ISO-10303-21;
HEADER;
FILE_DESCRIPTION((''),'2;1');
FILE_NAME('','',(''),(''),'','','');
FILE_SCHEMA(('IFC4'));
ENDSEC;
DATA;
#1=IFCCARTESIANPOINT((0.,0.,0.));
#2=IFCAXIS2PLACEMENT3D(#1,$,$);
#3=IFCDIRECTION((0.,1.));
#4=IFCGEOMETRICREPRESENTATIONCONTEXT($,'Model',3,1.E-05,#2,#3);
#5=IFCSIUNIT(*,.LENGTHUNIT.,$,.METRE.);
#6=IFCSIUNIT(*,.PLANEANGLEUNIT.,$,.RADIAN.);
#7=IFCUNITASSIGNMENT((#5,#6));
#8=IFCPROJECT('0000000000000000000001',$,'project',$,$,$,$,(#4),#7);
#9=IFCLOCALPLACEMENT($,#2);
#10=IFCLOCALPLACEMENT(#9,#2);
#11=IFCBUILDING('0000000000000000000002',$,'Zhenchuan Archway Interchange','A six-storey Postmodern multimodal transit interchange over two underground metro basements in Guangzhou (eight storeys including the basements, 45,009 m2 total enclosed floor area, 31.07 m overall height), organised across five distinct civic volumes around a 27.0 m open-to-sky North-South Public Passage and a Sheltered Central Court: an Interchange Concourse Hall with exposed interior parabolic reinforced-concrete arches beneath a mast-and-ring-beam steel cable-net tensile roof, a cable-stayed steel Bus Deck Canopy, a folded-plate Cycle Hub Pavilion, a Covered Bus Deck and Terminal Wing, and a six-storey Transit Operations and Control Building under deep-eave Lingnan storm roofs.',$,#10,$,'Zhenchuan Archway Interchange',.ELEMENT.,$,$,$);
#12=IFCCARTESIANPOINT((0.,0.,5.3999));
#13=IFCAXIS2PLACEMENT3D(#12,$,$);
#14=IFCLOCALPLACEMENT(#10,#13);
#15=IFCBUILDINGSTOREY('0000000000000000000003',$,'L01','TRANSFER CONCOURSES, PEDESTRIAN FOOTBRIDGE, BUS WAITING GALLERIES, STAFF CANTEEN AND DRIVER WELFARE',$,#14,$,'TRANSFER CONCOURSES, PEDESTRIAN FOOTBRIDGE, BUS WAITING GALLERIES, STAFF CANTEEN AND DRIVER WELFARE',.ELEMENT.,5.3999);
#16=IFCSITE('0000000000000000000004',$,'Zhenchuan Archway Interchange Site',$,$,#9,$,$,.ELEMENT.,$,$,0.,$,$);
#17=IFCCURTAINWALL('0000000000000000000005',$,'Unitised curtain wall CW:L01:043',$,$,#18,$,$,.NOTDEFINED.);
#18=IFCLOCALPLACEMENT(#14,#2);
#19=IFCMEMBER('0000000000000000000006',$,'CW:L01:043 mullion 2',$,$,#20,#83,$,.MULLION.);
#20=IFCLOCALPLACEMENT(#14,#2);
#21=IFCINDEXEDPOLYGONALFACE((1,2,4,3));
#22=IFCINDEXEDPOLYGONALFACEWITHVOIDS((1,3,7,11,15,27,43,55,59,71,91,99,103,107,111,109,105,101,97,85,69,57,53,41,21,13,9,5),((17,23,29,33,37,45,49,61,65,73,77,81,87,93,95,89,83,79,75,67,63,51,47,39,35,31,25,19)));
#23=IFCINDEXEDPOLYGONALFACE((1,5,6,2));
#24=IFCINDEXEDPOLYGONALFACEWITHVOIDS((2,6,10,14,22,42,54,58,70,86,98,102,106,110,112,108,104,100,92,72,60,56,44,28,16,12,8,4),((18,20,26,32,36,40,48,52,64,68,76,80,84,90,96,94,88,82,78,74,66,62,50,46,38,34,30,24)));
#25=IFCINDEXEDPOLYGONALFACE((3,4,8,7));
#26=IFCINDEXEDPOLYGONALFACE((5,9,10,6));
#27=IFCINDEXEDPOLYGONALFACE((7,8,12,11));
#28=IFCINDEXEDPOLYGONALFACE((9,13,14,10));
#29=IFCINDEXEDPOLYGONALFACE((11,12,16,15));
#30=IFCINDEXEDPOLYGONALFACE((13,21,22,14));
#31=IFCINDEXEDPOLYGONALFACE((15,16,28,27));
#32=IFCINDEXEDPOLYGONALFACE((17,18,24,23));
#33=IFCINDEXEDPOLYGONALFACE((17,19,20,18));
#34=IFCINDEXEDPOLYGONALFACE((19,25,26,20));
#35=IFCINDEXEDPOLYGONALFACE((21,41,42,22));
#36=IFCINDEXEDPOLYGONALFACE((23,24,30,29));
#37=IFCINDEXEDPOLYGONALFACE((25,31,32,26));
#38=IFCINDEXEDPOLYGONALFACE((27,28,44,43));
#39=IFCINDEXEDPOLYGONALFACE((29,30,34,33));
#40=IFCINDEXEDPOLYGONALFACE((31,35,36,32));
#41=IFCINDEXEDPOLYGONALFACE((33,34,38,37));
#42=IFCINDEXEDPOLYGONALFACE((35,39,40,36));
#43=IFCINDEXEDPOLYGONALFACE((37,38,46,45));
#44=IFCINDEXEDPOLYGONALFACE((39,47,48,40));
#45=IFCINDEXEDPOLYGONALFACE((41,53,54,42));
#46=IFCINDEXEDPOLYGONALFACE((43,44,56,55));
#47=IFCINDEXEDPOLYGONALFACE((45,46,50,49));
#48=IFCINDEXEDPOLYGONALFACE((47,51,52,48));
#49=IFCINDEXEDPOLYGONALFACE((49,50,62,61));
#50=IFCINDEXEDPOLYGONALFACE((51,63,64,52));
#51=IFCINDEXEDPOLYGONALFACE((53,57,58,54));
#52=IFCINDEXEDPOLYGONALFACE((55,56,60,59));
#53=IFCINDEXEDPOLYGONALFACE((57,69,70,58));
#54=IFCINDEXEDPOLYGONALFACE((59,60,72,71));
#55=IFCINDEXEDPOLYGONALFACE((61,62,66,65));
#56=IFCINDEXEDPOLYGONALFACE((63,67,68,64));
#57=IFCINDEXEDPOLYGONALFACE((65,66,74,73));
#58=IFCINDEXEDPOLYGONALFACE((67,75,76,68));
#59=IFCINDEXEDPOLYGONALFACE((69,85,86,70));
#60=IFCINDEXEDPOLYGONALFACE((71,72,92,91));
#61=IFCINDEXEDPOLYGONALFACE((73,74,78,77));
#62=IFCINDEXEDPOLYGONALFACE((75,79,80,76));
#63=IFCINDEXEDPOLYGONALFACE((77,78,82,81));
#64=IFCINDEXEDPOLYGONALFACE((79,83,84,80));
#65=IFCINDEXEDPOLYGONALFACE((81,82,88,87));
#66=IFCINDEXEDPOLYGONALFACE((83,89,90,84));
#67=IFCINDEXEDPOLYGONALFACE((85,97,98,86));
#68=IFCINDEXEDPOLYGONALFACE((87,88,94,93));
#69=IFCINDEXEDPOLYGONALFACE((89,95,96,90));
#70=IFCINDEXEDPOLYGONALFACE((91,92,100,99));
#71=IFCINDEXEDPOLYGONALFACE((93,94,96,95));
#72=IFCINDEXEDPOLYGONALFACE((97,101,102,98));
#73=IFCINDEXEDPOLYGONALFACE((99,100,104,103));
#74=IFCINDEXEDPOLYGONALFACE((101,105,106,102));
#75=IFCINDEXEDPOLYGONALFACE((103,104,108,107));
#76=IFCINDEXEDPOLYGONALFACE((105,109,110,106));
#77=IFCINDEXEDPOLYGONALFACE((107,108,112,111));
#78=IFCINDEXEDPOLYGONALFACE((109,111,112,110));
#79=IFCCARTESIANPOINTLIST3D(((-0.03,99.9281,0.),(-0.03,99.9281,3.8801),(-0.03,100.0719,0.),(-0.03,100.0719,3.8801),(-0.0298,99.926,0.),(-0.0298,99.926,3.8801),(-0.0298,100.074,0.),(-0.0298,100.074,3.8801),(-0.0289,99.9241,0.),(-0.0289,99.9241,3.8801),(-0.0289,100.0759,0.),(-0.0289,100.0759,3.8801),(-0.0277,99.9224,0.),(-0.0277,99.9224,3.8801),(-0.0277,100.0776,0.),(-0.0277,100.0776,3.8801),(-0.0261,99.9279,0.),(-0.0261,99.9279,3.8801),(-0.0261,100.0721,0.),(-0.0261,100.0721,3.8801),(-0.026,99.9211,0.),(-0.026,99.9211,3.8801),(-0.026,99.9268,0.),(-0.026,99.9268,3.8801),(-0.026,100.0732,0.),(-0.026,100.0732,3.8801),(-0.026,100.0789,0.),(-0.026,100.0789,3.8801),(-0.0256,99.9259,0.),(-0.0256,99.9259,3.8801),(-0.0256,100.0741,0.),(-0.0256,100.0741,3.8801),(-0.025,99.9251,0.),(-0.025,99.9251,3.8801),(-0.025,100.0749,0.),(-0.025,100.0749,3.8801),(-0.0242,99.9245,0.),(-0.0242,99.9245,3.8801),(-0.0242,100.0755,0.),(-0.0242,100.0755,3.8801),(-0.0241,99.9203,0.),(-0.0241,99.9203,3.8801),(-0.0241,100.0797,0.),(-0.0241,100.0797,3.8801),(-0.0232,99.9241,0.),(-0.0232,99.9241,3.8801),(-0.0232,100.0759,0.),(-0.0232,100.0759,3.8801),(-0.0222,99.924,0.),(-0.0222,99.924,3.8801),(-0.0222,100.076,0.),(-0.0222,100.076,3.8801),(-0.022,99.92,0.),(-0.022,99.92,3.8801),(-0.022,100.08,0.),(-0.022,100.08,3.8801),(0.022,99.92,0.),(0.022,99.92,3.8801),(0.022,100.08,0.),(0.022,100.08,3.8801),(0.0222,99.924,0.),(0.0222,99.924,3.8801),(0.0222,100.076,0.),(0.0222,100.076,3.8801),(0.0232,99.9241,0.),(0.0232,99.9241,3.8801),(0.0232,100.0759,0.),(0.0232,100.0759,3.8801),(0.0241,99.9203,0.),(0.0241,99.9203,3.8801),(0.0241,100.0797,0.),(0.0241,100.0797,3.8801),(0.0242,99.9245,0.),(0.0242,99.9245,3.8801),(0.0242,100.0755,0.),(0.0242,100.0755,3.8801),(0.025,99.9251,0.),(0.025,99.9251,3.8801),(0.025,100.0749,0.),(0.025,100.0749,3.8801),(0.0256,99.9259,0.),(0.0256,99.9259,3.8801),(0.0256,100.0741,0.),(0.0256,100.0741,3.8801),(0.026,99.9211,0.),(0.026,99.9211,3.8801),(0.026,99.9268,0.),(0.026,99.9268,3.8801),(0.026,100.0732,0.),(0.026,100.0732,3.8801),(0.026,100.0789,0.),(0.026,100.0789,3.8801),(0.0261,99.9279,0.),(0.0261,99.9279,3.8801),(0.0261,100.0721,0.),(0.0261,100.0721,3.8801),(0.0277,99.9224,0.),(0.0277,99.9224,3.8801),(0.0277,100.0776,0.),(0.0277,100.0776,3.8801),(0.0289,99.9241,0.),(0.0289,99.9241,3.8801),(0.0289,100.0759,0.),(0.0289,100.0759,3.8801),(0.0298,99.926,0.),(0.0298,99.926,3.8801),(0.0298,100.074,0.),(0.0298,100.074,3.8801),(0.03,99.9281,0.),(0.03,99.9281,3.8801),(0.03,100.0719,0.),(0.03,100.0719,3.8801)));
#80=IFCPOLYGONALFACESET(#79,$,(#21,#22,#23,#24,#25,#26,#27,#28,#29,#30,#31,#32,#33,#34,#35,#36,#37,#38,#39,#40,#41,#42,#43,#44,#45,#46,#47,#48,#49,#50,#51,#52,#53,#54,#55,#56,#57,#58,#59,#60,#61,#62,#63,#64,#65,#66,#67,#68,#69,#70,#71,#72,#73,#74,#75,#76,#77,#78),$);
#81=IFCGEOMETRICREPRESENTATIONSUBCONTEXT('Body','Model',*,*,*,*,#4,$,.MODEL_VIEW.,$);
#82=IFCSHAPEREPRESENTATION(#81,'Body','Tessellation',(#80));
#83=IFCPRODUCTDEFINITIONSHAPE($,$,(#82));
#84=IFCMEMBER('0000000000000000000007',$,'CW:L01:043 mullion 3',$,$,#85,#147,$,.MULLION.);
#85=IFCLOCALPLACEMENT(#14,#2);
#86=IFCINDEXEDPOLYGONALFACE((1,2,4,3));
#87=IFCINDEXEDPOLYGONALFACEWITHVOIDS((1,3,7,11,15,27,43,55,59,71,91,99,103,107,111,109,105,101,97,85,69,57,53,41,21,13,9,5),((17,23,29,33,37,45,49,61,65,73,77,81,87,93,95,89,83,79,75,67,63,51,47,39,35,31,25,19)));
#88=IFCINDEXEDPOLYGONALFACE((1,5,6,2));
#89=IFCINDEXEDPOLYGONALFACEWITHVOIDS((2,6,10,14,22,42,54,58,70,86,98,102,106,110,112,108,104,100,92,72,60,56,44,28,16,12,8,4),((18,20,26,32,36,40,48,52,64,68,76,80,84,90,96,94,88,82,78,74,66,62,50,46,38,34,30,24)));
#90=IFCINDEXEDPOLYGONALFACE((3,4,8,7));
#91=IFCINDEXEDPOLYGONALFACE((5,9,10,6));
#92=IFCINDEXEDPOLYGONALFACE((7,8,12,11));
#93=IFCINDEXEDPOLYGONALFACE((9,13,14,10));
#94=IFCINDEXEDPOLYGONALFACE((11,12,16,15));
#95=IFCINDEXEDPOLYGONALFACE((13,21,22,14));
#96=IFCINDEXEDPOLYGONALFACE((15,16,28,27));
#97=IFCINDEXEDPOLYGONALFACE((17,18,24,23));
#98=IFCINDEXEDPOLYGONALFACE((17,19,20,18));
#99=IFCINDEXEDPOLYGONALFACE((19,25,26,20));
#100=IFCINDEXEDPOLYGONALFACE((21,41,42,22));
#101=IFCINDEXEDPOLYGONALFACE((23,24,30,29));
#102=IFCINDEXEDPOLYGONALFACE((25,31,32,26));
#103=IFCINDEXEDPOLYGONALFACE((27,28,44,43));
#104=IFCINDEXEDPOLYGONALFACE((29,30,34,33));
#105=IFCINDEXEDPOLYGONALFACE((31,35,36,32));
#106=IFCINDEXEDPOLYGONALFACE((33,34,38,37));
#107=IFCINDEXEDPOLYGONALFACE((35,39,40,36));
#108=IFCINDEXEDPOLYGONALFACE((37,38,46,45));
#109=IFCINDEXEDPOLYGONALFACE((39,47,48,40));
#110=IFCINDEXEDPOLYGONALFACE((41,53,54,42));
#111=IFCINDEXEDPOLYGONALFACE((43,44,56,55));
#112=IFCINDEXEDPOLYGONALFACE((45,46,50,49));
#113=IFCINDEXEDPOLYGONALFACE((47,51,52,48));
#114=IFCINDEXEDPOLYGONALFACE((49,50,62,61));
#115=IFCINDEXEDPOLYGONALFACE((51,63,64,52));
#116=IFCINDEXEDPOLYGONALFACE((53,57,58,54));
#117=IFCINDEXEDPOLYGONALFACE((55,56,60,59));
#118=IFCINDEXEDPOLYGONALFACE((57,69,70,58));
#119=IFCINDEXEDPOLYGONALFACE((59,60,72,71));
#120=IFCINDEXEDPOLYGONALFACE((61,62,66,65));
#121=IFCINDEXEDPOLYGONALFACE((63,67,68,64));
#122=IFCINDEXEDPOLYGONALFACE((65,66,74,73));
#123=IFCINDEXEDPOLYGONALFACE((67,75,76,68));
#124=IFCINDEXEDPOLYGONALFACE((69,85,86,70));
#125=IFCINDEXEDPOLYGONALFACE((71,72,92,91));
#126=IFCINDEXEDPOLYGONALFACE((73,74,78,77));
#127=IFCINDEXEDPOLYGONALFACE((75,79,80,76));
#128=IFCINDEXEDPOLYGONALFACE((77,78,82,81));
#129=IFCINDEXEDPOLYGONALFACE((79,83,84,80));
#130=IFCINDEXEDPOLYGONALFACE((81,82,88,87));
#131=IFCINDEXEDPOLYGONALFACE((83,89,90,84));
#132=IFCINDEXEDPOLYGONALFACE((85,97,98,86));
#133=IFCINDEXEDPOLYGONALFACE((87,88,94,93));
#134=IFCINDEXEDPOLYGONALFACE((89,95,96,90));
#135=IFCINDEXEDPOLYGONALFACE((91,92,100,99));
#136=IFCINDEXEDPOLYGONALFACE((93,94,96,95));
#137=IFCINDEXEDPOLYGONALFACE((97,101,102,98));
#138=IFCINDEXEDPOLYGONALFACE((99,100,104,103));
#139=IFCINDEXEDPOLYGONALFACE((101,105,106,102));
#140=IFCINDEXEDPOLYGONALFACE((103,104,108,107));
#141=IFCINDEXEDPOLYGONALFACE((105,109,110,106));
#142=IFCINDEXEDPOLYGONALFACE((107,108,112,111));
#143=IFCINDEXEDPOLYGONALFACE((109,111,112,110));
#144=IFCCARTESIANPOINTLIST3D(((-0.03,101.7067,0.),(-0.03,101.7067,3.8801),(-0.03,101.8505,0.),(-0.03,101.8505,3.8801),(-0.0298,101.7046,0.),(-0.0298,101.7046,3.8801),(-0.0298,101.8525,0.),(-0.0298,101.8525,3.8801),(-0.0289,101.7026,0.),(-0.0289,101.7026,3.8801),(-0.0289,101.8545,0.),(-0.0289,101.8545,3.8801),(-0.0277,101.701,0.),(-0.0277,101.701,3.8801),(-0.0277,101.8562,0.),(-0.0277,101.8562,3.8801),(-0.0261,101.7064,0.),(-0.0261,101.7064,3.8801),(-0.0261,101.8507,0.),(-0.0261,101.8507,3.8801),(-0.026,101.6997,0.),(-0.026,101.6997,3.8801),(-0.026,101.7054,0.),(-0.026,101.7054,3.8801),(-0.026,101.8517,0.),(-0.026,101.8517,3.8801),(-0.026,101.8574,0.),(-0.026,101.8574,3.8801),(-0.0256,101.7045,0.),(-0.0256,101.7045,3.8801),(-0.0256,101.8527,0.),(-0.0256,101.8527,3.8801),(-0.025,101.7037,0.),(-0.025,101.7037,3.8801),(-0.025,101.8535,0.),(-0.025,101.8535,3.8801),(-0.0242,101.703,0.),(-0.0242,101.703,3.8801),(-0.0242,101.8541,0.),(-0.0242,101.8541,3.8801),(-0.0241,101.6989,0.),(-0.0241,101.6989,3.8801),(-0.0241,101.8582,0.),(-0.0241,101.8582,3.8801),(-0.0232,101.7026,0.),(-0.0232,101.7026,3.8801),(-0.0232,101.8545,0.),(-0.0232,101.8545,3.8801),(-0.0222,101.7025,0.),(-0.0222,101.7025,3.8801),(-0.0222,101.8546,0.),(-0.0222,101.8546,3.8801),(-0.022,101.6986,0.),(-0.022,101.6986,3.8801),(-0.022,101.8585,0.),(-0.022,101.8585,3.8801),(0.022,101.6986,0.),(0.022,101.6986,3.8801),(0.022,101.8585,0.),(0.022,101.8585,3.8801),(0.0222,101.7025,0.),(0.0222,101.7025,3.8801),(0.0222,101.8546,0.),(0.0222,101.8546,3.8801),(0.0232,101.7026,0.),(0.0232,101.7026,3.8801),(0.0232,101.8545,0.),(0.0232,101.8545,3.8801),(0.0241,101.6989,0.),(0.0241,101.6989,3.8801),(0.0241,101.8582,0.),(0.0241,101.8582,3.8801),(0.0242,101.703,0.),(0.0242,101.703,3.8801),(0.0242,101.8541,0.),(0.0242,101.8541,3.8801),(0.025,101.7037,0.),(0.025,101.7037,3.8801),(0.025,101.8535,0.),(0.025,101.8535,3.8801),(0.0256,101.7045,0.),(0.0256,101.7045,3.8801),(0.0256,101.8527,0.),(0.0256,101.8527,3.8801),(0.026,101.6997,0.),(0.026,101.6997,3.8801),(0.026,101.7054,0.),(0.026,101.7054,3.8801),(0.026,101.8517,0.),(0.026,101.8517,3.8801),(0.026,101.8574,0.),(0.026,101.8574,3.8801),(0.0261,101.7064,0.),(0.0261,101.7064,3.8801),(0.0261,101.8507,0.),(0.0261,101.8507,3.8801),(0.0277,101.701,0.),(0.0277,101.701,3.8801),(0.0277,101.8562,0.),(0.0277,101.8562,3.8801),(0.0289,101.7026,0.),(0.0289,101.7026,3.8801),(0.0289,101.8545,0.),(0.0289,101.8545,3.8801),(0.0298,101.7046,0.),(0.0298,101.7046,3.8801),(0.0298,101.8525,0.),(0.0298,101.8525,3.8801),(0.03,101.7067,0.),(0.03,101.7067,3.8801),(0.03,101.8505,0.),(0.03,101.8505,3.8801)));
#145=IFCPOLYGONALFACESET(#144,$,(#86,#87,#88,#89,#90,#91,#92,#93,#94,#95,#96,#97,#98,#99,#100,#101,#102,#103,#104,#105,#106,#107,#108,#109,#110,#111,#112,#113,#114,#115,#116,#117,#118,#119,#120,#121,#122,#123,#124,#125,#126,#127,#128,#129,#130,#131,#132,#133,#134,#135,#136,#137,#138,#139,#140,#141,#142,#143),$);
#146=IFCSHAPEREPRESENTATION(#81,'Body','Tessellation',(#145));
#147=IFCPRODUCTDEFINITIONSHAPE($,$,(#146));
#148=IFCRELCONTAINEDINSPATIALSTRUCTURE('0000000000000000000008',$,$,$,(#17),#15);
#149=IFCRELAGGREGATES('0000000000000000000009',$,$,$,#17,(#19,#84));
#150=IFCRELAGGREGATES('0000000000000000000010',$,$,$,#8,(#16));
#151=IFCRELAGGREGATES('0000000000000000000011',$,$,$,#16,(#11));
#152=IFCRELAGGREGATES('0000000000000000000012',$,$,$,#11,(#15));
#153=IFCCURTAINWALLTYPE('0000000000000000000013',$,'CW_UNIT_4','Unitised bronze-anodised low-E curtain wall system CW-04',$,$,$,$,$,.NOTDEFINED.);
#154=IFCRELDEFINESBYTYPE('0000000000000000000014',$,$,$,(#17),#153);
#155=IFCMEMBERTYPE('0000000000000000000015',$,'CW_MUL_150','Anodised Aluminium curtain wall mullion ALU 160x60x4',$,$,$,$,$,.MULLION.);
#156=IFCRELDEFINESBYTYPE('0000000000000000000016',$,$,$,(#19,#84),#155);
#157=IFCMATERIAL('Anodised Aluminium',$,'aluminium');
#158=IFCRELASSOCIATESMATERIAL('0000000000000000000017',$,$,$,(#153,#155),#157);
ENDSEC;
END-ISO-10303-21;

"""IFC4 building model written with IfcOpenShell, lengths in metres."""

from ifc_helpers import new_model, si_unit, direction, frame, origin, origin_2d, place, context, subcontext, project, spatial, hollow_rectangle, extrude, material, material_profile, profile_set, type_object, element, aggregate, save


model = new_model("IFC4")

# Units and contexts
model_context = context("Model", 3, precision=1e-05, world=origin(), true_north=direction((0.0, 1.0)))
body_context = subcontext(model_context, "Body", "Model", "MODEL_VIEW")
ifc_project = project(units=[si_unit("LENGTHUNIT", "METRE"), si_unit("PLANEANGLEUNIT", "RADIAN")], contexts=[model_context])

# Site, building, storey
site_placement = place(None, origin())
site = spatial("IfcSite", under=ifc_project, at=site_placement, Name="Zhenchuan Archway Interchange Site", CompositionType="ELEMENT", RefElevation=0.0)
building_placement = place(site_placement, origin())
building = spatial("IfcBuilding", under=site, at=building_placement, Name="Zhenchuan Archway Interchange", Description="A six-storey Postmodern multimodal transit interchange over two underground metro basements in Guangzhou (eight storeys including the basements, 45,009 m2 total enclosed floor area, 31.07 m overall height), organised across five distinct civic volumes around a 27.0 m open-to-sky North-South Public Passage and a Sheltered Central Court: an Interchange Concourse Hall with exposed interior parabolic reinforced-concrete arches beneath a mast-and-ring-beam steel cable-net tensile roof, a cable-stayed steel Bus Deck Canopy, a folded-plate Cycle Hub Pavilion, a Covered Bus Deck and Terminal Wing, and a six-storey Transit Operations and Control Building under deep-eave Lingnan storm roofs.", LongName="Zhenchuan Archway Interchange", CompositionType="ELEMENT")
storey_placement = place(building_placement, frame((0.0, 0.0, 5.3999)))
storey = spatial("IfcBuildingStorey", under=building, at=storey_placement, Name="L01", Description="TRANSFER CONCOURSES, PEDESTRIAN FOOTBRIDGE, BUS WAITING GALLERIES, STAFF CANTEEN AND DRIVER WELFARE", LongName="TRANSFER CONCOURSES, PEDESTRIAN FOOTBRIDGE, BUS WAITING GALLERIES, STAFF CANTEEN AND DRIVER WELFARE", CompositionType="ELEMENT", Elevation=5.3999)

# Curtain wall, members
ifc_material_1 = material(Name="Anodised Aluminium", Category="aluminium")
curtain_wall_type = type_object("IfcCurtainWallType", Name="CW_UNIT_4", Description="Unitised bronze-anodised low-E curtain wall system CW-04", PredefinedType="NOTDEFINED", material=ifc_material_1)
curtain_wall_placement = place(storey_placement, origin())
curtain_wall = element("IfcCurtainWall", 1, at=curtain_wall_placement, inside=storey, type_object=curtain_wall_type, Name="Unitised curtain wall CW:L01:043", PredefinedType="NOTDEFINED")
ifc_material_profile_1 = material_profile(ifc_material_1, hollow_rectangle(XDim=0.0601, YDim=0.1599, WallThickness=0.0039, InnerFilletRadius=0.0039, OuterFilletRadius=0.0081, at=origin_2d()), Name="ALU 160x60x4")
ifc_profile_set_1 = profile_set([ifc_material_profile_1], Name="Anodised Aluminium")
member_type_1 = type_object("IfcMemberType", Name="CW_MUL_150", Description="Anodised Aluminium curtain wall mullion ALU 160x60x4", PredefinedType="MULLION", material=ifc_profile_set_1)
member_1_placement = place(storey_placement, frame((0.0, 100.0, 0.0), z_axis=(0.0, 0.0, 1.0), x_axis=(1.0, 0.0, 0.0)))
member_1 = element("IfcMember", 2, at=member_1_placement, type_object=member_type_1, Name="CW:L01:043 mullion 2", PredefinedType="MULLION", context=body_context, shape_type="SweptSolid", body=[
    extrude(hollow_rectangle(XDim=0.0601, YDim=0.1599, WallThickness=0.0039, InnerFilletRadius=0.0039, OuterFilletRadius=0.0081, at=origin_2d()), origin(), (0.0, 0.0, 1.0), 3.8801),
])
member_2_placement = place(storey_placement, frame((0.0, 101.7786, 0.0), z_axis=(0.0, 0.0, 1.0), x_axis=(1.0, 0.0, 0.0)))
member_2 = element("IfcMember", 3, at=member_2_placement, type_object=member_type_1, Name="CW:L01:043 mullion 3", PredefinedType="MULLION", context=body_context, shape_type="SweptSolid", body=[
    extrude(hollow_rectangle(XDim=0.0601, YDim=0.1599, WallThickness=0.0039, InnerFilletRadius=0.0039, OuterFilletRadius=0.0081, at=origin_2d()), origin(), (0.0, 0.0, 1.0), 3.8801),
])

aggregate(curtain_wall, [member_1, member_2])

save(model, "model.ifc")
